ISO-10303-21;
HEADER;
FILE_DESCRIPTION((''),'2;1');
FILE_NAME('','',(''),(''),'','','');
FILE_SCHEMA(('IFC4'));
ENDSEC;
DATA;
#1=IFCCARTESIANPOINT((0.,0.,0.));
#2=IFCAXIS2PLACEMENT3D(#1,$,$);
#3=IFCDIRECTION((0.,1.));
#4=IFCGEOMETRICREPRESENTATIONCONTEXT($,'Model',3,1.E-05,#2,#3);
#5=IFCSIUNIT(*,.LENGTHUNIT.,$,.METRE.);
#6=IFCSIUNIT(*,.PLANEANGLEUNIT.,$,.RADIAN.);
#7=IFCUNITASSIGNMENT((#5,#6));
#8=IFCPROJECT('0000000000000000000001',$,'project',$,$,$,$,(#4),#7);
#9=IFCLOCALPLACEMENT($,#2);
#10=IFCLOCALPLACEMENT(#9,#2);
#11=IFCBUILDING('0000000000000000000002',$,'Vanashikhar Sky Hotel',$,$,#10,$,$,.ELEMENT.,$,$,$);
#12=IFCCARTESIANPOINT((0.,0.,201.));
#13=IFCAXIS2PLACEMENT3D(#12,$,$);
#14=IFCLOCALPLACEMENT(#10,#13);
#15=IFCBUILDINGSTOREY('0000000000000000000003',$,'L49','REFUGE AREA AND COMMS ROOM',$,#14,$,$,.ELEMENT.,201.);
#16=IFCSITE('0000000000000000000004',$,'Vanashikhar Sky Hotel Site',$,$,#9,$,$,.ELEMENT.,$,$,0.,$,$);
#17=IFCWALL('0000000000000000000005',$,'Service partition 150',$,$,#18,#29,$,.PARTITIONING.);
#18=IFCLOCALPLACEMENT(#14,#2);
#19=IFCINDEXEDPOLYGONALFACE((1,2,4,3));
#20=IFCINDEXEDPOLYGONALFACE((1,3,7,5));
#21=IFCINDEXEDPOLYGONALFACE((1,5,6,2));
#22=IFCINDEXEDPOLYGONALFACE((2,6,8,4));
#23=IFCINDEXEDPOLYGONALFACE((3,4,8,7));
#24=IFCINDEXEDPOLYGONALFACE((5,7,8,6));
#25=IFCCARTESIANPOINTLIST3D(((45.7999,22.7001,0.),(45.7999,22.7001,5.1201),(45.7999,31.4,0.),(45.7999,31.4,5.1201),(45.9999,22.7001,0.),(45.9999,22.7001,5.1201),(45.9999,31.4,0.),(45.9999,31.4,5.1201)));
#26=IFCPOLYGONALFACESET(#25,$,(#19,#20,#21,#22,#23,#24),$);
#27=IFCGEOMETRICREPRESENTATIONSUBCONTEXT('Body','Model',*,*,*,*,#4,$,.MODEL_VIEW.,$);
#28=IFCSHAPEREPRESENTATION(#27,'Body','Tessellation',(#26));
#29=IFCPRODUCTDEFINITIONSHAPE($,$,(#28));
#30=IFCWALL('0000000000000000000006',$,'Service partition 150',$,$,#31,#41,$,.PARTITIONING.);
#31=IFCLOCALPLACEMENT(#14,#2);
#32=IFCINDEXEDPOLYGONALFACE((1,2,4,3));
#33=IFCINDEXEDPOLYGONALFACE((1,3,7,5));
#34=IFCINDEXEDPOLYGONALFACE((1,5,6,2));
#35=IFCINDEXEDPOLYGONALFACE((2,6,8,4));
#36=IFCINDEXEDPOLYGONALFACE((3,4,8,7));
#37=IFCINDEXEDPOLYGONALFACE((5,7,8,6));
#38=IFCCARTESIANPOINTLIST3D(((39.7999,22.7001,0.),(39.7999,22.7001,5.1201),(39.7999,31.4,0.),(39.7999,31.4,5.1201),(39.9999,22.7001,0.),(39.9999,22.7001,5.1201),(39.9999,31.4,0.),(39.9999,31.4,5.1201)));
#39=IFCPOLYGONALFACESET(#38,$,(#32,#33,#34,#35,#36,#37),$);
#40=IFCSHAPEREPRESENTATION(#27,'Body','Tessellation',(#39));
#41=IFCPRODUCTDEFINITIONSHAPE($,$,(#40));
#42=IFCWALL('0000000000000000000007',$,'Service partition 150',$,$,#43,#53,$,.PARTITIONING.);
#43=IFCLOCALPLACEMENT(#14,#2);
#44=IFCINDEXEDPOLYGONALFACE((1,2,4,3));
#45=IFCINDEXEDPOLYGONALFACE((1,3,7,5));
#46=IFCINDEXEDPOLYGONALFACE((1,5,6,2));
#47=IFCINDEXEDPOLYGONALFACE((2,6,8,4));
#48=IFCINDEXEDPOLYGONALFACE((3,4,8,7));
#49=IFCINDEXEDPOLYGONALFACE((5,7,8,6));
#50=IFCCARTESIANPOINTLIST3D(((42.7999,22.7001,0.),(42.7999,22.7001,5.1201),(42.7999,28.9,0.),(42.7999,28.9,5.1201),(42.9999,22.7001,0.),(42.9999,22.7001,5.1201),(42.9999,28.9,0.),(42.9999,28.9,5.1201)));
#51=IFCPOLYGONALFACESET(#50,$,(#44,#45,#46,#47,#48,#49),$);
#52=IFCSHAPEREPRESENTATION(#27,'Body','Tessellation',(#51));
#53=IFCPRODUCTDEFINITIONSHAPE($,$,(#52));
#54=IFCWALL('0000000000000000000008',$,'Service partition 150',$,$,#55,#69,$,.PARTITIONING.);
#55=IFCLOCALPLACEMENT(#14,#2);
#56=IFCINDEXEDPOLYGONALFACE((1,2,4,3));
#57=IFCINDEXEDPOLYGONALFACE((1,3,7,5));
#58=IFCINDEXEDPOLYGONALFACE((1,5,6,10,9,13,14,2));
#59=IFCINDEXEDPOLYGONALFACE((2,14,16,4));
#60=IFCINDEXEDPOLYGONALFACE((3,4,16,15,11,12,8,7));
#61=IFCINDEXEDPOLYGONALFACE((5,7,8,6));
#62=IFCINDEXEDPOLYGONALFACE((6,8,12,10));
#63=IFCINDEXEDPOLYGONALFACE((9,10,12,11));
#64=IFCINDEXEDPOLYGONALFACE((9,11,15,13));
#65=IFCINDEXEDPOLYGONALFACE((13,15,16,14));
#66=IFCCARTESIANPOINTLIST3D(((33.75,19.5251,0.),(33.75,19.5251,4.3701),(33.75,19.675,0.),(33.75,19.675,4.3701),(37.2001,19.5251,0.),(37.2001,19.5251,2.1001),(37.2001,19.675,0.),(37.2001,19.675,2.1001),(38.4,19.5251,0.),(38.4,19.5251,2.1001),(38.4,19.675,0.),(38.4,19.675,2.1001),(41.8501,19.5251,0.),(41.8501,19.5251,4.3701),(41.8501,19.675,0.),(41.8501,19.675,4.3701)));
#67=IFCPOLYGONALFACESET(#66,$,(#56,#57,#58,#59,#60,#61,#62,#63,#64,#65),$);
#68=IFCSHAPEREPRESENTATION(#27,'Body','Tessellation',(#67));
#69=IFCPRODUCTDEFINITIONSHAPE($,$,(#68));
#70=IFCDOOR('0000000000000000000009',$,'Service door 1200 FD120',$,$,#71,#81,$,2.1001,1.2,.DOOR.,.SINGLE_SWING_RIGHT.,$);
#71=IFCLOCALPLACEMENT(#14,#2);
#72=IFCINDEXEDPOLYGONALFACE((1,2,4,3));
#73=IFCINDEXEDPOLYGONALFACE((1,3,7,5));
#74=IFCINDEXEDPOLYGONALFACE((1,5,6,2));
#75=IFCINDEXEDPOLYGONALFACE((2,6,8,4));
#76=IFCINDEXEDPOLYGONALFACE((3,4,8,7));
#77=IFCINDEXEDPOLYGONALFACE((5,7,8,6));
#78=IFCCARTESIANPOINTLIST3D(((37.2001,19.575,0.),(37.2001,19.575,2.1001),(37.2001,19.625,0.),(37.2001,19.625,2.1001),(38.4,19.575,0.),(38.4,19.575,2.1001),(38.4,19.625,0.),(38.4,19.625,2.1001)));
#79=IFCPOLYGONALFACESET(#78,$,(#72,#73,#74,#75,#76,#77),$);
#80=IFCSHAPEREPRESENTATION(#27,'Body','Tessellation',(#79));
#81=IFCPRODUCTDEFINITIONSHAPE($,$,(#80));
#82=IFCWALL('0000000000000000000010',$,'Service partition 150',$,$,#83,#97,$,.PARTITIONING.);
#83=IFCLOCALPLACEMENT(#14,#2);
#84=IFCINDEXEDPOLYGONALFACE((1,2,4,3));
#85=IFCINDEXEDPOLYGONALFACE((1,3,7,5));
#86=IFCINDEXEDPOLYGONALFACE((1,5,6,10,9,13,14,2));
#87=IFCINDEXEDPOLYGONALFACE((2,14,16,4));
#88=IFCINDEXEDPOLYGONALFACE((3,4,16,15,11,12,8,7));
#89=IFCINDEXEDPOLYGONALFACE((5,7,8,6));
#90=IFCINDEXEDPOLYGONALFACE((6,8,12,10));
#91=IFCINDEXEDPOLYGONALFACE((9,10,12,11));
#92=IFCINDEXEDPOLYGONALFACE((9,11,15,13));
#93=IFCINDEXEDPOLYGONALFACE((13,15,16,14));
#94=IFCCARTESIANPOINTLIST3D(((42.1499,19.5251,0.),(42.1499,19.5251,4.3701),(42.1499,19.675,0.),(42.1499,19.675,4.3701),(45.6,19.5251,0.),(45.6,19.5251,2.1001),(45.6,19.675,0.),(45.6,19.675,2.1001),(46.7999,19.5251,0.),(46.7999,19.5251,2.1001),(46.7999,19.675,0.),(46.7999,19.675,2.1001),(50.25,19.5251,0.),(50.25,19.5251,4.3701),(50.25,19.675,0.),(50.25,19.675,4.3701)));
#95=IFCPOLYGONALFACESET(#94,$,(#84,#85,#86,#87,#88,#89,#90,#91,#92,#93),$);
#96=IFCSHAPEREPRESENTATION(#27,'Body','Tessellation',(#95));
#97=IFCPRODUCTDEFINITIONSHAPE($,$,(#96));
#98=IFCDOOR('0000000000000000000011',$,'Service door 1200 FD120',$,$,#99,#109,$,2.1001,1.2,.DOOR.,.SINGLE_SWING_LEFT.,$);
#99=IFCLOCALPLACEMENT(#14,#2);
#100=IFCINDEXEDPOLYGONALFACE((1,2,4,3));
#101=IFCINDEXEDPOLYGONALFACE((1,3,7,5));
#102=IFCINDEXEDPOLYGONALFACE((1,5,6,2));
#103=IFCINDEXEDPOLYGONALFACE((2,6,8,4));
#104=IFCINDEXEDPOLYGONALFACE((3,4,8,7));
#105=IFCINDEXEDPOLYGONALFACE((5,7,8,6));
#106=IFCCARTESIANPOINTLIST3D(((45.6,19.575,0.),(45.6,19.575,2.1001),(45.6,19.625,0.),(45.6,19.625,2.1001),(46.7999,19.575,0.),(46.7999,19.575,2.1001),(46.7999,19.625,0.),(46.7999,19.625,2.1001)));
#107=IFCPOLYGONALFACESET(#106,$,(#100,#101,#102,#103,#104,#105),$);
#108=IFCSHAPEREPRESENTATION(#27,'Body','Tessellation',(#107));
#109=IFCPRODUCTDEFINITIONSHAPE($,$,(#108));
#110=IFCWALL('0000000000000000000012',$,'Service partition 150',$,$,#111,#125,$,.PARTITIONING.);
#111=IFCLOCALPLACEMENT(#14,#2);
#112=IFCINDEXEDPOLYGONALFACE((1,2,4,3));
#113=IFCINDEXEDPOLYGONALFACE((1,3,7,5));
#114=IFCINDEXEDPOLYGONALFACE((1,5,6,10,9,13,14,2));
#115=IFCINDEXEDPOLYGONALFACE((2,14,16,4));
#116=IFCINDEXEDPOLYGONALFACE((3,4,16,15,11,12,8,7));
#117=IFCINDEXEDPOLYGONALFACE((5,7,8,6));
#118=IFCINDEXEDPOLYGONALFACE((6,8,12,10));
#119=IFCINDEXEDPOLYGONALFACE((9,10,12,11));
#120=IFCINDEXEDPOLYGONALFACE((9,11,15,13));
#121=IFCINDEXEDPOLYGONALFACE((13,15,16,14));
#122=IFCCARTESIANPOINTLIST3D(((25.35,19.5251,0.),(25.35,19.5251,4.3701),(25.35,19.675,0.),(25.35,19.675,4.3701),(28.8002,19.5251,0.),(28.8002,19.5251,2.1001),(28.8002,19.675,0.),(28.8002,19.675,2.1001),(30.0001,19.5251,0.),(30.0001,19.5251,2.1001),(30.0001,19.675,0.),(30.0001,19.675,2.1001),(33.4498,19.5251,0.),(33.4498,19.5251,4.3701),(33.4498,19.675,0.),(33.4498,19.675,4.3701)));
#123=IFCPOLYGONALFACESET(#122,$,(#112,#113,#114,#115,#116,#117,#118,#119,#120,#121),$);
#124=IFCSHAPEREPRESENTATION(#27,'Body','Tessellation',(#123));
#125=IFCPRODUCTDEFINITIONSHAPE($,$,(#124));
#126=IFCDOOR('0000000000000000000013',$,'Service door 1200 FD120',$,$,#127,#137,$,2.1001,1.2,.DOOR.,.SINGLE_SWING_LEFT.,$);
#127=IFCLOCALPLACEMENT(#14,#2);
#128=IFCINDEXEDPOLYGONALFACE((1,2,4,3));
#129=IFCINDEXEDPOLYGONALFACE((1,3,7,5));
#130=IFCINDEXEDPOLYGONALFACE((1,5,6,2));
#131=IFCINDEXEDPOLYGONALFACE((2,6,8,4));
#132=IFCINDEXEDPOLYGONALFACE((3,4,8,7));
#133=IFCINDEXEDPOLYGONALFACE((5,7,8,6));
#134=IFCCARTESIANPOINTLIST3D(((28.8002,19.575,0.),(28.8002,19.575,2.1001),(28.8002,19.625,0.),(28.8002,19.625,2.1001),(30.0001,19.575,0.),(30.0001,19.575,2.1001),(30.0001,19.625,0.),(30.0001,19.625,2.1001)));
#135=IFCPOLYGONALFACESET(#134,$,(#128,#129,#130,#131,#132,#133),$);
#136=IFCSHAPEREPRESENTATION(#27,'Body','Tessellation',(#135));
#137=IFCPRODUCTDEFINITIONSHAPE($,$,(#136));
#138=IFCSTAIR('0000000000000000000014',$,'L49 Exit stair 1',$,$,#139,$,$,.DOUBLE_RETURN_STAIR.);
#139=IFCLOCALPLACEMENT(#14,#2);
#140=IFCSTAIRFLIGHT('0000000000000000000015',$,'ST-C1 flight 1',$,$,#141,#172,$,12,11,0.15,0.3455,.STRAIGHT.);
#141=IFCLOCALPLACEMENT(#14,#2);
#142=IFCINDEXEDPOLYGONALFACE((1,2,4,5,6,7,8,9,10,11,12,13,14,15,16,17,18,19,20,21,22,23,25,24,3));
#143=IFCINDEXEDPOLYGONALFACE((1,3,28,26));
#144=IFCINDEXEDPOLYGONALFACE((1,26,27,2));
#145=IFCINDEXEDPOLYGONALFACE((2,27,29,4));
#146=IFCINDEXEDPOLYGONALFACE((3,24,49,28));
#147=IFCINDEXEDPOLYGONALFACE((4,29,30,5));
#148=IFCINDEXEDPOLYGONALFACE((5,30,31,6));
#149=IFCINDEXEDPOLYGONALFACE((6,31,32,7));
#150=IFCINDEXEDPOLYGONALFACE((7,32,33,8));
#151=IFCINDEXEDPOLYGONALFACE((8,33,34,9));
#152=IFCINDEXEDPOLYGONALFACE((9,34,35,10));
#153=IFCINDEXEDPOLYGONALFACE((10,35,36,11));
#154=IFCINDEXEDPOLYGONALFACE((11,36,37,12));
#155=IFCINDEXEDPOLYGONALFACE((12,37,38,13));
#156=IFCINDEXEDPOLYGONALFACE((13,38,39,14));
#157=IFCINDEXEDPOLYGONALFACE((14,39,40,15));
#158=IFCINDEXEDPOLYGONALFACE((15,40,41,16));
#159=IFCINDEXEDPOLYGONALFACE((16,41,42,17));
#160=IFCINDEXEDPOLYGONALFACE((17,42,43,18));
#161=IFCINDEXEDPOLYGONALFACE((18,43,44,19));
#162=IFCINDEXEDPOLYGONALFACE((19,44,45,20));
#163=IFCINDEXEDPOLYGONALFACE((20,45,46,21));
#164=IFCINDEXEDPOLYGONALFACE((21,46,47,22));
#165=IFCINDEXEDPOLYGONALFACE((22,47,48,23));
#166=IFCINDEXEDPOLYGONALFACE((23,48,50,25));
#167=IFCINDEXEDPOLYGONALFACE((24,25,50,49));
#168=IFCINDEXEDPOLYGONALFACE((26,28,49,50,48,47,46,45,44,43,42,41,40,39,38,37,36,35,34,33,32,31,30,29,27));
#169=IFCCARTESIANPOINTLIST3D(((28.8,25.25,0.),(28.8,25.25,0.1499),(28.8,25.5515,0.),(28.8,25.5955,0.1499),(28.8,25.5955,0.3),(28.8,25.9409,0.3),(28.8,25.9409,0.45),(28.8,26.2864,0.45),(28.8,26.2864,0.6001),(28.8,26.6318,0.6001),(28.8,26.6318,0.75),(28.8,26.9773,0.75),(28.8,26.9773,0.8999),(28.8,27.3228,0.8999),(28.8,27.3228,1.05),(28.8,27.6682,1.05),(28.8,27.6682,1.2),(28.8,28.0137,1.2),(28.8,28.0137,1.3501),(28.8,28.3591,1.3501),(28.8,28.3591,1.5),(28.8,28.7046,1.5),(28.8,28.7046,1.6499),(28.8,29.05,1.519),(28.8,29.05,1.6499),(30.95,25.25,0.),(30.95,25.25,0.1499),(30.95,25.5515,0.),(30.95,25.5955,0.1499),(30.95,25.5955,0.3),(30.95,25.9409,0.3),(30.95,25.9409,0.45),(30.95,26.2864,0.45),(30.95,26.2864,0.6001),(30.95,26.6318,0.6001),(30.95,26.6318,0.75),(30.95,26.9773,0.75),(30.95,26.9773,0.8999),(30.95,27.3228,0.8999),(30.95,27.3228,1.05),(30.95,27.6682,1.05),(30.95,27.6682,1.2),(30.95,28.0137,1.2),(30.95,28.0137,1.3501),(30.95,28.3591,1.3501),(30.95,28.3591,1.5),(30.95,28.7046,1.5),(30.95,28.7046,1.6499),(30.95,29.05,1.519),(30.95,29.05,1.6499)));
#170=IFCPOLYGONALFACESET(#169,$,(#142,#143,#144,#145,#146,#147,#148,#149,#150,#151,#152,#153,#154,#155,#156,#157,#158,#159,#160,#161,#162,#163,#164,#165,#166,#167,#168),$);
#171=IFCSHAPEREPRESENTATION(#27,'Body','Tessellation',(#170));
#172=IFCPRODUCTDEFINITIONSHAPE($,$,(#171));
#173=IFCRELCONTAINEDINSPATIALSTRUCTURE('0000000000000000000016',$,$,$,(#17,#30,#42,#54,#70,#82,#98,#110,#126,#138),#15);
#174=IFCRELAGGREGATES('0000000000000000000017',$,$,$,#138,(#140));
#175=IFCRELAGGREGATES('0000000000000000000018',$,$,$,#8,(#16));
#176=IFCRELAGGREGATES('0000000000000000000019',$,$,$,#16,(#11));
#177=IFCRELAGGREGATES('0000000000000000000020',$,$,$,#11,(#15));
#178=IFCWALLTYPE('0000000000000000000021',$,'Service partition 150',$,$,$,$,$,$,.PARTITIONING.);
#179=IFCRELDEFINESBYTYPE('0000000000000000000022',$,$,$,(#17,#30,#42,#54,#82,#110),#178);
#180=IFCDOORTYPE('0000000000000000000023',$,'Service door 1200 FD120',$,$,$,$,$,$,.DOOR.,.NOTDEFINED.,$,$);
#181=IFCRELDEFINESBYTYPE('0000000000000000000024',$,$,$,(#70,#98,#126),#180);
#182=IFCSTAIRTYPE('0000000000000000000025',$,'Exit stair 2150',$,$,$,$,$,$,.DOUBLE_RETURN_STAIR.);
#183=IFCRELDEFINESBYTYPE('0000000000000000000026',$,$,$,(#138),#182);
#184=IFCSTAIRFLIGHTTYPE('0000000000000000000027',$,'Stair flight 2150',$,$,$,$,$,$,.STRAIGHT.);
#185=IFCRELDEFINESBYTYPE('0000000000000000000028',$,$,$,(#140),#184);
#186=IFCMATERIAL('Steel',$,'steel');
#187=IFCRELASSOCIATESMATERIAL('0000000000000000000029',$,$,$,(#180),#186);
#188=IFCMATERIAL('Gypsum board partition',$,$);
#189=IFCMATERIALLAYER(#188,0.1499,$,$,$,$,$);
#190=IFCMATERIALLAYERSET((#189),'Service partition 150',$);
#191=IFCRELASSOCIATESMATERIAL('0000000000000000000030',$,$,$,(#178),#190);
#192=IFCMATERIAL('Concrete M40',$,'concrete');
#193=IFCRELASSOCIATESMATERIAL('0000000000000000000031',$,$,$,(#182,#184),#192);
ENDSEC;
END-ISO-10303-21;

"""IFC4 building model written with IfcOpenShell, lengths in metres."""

from ifc_helpers import new_model, si_unit, direction, frame, frame_2d, origin, place, context, subcontext, project, spatial, polyline, rectangle, outline, extrude, source, transform, mapped, material, layer, layer_set, type_object, element, fill, aggregate, save


model = new_model("IFC4")

# Units and contexts
model_context = context("Model", 3, precision=1e-05, world=origin(), true_north=direction((0.0, 1.0)))
body_context = subcontext(model_context, "Body", "Model", "MODEL_VIEW")
ifc_project = project(units=[si_unit("LENGTHUNIT", "METRE"), si_unit("PLANEANGLEUNIT", "RADIAN")], contexts=[model_context])

# Site, building, storey
site_placement = place(None, origin())
site = spatial("IfcSite", under=ifc_project, at=site_placement, Name="Vanashikhar Sky Hotel Site", CompositionType="ELEMENT", RefElevation=0.0)
building_placement = place(site_placement, origin())
building = spatial("IfcBuilding", under=site, at=building_placement, Name="Vanashikhar Sky Hotel", CompositionType="ELEMENT")
storey_placement = place(building_placement, frame((0.0, 0.0, 201.0)))
storey = spatial("IfcBuildingStorey", under=building, at=storey_placement, Name="L49", Description="REFUGE AREA AND COMMS ROOM", CompositionType="ELEMENT", Elevation=201.0)

# Shared definitions
ifc_material_1 = material(Name="Steel", Category="steel")
door_type_1 = type_object("IfcDoorType", Name="Service door 1200 FD120", OperationType="NOTDEFINED", PredefinedType="DOOR", material=ifc_material_1)
shared_shape_1 = source(origin(), body_context, "Body", "SweptSolid", [
    extrude(rectangle(XDim=1.2, YDim=2.1001, at=frame_2d((0.6001, 1.05))), frame((0.0, 0.0249, 0.0), z_axis=(0.0, -1.0, 0.0), x_axis=(1.0, 0.0, 0.0)), (0.0, 0.0, 1.0), 0.05),
])

# Walls
ifc_material_2 = material(Name="Gypsum board partition")
ifc_layer_1 = layer(ifc_material_2, 0.1499)
ifc_layer_set_1 = layer_set([ifc_layer_1], Name="Service partition 150")
wall_type_1 = type_object("IfcWallType", Name="Service partition 150", PredefinedType="PARTITIONING", material=ifc_layer_set_1)
shared_shape_2 = source(origin(), body_context, "Body", "SweptSolid", [
    extrude(rectangle(XDim=8.7, YDim=0.2, at=frame_2d((4.3501, 0.0))), origin(), (0.0, 0.0, 1.0), 5.1201),
])
for number, where, z_axis, x_axis, name in (
    (1, (45.8999, 22.7, 0.0), (0.0, 0.0, 1.0), (0.0, 1.0, 0.0), "Service partition 150"),
    (2, (39.8999, 22.7, 0.0), (0.0, 0.0, 1.0), (0.0, 1.0, 0.0), "Service partition 150"),
):
    element("IfcWall", number, at=place(storey_placement, frame(where, z_axis=z_axis, x_axis=x_axis)), inside=storey, type_object=wall_type_1, Name=name, PredefinedType="PARTITIONING", context=body_context, shape_type="MappedRepresentation", body=[
        mapped(shared_shape_2, transform((0.0, 0.0, 0.0), scale=1.0)),
    ])
shared_shape_3 = source(origin(), body_context, "Body", "SweptSolid", [
    extrude(rectangle(XDim=6.2, YDim=0.2, at=frame_2d((3.1001, 0.0))), origin(), (0.0, 0.0, 1.0), 5.1201),
])
wall_1_placement = place(storey_placement, frame((42.8999, 22.7, 0.0), z_axis=(0.0, 0.0, 1.0), x_axis=(0.0, 1.0, 0.0)))
element("IfcWall", 3, at=wall_1_placement, inside=storey, type_object=wall_type_1, Name="Service partition 150", PredefinedType="PARTITIONING", context=body_context, shape_type="MappedRepresentation", body=[
    mapped(shared_shape_3, transform((0.0, 0.0, 0.0), scale=1.0)),
])

# Walls, openings, doors
shared_shape_4 = source(origin(), body_context, "Body", "SweptSolid", [
    extrude(rectangle(XDim=8.1001, YDim=0.1499, at=frame_2d((4.05, 0.0))), origin(), (0.0, 0.0, 1.0), 4.3701),
])
wall_2_placement = place(storey_placement, frame((33.75, 19.6001, 0.0), z_axis=(0.0, 0.0, 1.0), x_axis=(1.0, 0.0, 0.0)))
wall_2 = element("IfcWall", 4, at=wall_2_placement, inside=storey, type_object=wall_type_1, Name="Service partition 150", PredefinedType="PARTITIONING", context=body_context, shape_type="MappedRepresentation", body=[
    mapped(shared_shape_4, transform((0.0, 0.0, 0.0), scale=1.0)),
])
shared_shape_5 = source(origin(), body_context, "Body", "SweptSolid", [
    extrude(rectangle(XDim=1.2, YDim=2.1001, at=frame_2d((0.6001, 1.05))), frame((0.0, 0.085, 0.0), z_axis=(0.0, -1.0, 0.0), x_axis=(1.0, 0.0, 0.0)), (0.0, 0.0, 1.0), 0.1699),
])
opening_1_placement = place(wall_2_placement, frame((3.45, 0.0, 0.0)))
opening_1 = element("IfcOpeningElement", 5, at=opening_1_placement, cuts=wall_2, PredefinedType="OPENING", context=body_context, shape_type="MappedRepresentation", body=[
    mapped(shared_shape_5, transform((0.0, 0.0, 0.0), scale=1.0)),
])
door_1_placement = place(opening_1_placement, origin())
door_1 = element("IfcDoor", 6, at=door_1_placement, inside=storey, type_object=door_type_1, Name="Service door 1200 FD120", OperationType="SINGLE_SWING_RIGHT", OverallHeight=2.1001, OverallWidth=1.2, PredefinedType="DOOR", context=body_context, shape_type="MappedRepresentation", body=[
    mapped(shared_shape_1, transform((0.0, 0.0, 0.0), scale=1.0)),
])
fill(opening_1, door_1)
wall_3_placement = place(storey_placement, frame((42.1499, 19.6001, 0.0), z_axis=(0.0, 0.0, 1.0), x_axis=(1.0, 0.0, 0.0)))
wall_3 = element("IfcWall", 7, at=wall_3_placement, inside=storey, type_object=wall_type_1, Name="Service partition 150", PredefinedType="PARTITIONING", context=body_context, shape_type="MappedRepresentation", body=[
    mapped(shared_shape_4, transform((0.0, 0.0, 0.0), scale=1.0)),
])
opening_2_placement = place(wall_3_placement, frame((3.45, 0.0, 0.0)))
opening_2 = element("IfcOpeningElement", 8, at=opening_2_placement, cuts=wall_3, PredefinedType="OPENING", context=body_context, shape_type="MappedRepresentation", body=[
    mapped(shared_shape_5, transform((0.0, 0.0, 0.0), scale=1.0)),
])
door_2_placement = place(opening_2_placement, origin())
door_2 = element("IfcDoor", 9, at=door_2_placement, inside=storey, type_object=door_type_1, Name="Service door 1200 FD120", OperationType="SINGLE_SWING_LEFT", OverallHeight=2.1001, OverallWidth=1.2, PredefinedType="DOOR", context=body_context, shape_type="MappedRepresentation", body=[
    mapped(shared_shape_1, transform((0.0, 0.0, 0.0), scale=1.0)),
])
fill(opening_2, door_2)
shared_shape_6 = source(origin(), body_context, "Body", "SweptSolid", [
    extrude(rectangle(XDim=8.0999, YDim=0.1499, at=frame_2d((4.0498, 0.0))), origin(), (0.0, 0.0, 1.0), 4.3701),
])
wall_4_placement = place(storey_placement, frame((25.3501, 19.6001, 0.0), z_axis=(0.0, 0.0, 1.0), x_axis=(1.0, 0.0, 0.0)))
wall_4 = element("IfcWall", 10, at=wall_4_placement, inside=storey, type_object=wall_type_1, Name="Service partition 150", PredefinedType="PARTITIONING", context=body_context, shape_type="MappedRepresentation", body=[
    mapped(shared_shape_6, transform((0.0, 0.0, 0.0), scale=1.0)),
])
opening_3_placement = place(wall_4_placement, frame((3.45, 0.0, 0.0)))
opening_3 = element("IfcOpeningElement", 11, at=opening_3_placement, cuts=wall_4, PredefinedType="OPENING", context=body_context, shape_type="MappedRepresentation", body=[
    mapped(shared_shape_5, transform((0.0, 0.0, 0.0), scale=1.0)),
])
door_3_placement = place(opening_3_placement, origin())
door_3 = element("IfcDoor", 12, at=door_3_placement, inside=storey, type_object=door_type_1, Name="Service door 1200 FD120", OperationType="SINGLE_SWING_LEFT", OverallHeight=2.1001, OverallWidth=1.2, PredefinedType="DOOR", context=body_context, shape_type="MappedRepresentation", body=[
    mapped(shared_shape_1, transform((0.0, 0.0, 0.0), scale=1.0)),
])
fill(opening_3, door_3)

# Stair, stair flight
ifc_material_3 = material(Name="Concrete M40", Category="concrete")
stair_type = type_object("IfcStairType", Name="Exit stair 2150", PredefinedType="DOUBLE_RETURN_STAIR", material=ifc_material_3)
stair_placement = place(storey_placement, origin())
stair = element("IfcStair", 13, at=stair_placement, inside=storey, type_object=stair_type, Name="L49 Exit stair 1", PredefinedType="DOUBLE_RETURN_STAIR")
stair_flight_type = type_object("IfcStairFlightType", Name="Stair flight 2150", PredefinedType="STRAIGHT", material=ifc_material_3)
shared_shape_7 = source(origin(), body_context, "Body", "SweptSolid", [
    extrude(outline(polyline([(0.0, 0.0), (0.0, 0.1499), (0.3455, 0.1499), (0.3455, 0.3), (0.6909, 0.3), (0.6909, 0.45), (1.0364, 0.45), (1.0364, 0.6001), (1.3818, 0.6001), (1.3818, 0.75), (1.7273, 0.75), (1.7273, 0.8999), (2.0728, 0.8999), (2.0728, 1.05), (2.4182, 1.05), (2.4182, 1.2), (2.7637, 1.2), (2.7637, 1.3501), (3.1091, 1.3501), (3.1091, 1.5), (3.4546, 1.5), (3.4546, 1.6499), (3.8, 1.6499), (3.8, 1.8), (3.8, 1.519), (0.3015, 0.0), (0.0, 0.0)])), frame((0.0, 1.075, 0.0), z_axis=(0.0, -1.0, 0.0), x_axis=(1.0, 0.0, 0.0)), (0.0, 0.0, 1.0), 2.1499),
])
stair_flight_1_placement = place(storey_placement, frame((29.875, 25.25, 0.0), z_axis=(0.0, 0.0, 1.0), x_axis=(0.0, 1.0, 0.0)))
stair_flight_1 = element("IfcStairFlight", 14, at=stair_flight_1_placement, type_object=stair_flight_type, Name="ST-C1 flight 1", NumberOfRisers=12, NumberOfTreads=11, PredefinedType="STRAIGHT", RiserHeight=0.15, TreadLength=0.3455, context=body_context, shape_type="MappedRepresentation", body=[
    mapped(shared_shape_7, transform((0.0, 0.0, 0.0), scale=1.0)),
])
aggregate(stair, [stair_flight_1])

save(model, "model.ifc")
